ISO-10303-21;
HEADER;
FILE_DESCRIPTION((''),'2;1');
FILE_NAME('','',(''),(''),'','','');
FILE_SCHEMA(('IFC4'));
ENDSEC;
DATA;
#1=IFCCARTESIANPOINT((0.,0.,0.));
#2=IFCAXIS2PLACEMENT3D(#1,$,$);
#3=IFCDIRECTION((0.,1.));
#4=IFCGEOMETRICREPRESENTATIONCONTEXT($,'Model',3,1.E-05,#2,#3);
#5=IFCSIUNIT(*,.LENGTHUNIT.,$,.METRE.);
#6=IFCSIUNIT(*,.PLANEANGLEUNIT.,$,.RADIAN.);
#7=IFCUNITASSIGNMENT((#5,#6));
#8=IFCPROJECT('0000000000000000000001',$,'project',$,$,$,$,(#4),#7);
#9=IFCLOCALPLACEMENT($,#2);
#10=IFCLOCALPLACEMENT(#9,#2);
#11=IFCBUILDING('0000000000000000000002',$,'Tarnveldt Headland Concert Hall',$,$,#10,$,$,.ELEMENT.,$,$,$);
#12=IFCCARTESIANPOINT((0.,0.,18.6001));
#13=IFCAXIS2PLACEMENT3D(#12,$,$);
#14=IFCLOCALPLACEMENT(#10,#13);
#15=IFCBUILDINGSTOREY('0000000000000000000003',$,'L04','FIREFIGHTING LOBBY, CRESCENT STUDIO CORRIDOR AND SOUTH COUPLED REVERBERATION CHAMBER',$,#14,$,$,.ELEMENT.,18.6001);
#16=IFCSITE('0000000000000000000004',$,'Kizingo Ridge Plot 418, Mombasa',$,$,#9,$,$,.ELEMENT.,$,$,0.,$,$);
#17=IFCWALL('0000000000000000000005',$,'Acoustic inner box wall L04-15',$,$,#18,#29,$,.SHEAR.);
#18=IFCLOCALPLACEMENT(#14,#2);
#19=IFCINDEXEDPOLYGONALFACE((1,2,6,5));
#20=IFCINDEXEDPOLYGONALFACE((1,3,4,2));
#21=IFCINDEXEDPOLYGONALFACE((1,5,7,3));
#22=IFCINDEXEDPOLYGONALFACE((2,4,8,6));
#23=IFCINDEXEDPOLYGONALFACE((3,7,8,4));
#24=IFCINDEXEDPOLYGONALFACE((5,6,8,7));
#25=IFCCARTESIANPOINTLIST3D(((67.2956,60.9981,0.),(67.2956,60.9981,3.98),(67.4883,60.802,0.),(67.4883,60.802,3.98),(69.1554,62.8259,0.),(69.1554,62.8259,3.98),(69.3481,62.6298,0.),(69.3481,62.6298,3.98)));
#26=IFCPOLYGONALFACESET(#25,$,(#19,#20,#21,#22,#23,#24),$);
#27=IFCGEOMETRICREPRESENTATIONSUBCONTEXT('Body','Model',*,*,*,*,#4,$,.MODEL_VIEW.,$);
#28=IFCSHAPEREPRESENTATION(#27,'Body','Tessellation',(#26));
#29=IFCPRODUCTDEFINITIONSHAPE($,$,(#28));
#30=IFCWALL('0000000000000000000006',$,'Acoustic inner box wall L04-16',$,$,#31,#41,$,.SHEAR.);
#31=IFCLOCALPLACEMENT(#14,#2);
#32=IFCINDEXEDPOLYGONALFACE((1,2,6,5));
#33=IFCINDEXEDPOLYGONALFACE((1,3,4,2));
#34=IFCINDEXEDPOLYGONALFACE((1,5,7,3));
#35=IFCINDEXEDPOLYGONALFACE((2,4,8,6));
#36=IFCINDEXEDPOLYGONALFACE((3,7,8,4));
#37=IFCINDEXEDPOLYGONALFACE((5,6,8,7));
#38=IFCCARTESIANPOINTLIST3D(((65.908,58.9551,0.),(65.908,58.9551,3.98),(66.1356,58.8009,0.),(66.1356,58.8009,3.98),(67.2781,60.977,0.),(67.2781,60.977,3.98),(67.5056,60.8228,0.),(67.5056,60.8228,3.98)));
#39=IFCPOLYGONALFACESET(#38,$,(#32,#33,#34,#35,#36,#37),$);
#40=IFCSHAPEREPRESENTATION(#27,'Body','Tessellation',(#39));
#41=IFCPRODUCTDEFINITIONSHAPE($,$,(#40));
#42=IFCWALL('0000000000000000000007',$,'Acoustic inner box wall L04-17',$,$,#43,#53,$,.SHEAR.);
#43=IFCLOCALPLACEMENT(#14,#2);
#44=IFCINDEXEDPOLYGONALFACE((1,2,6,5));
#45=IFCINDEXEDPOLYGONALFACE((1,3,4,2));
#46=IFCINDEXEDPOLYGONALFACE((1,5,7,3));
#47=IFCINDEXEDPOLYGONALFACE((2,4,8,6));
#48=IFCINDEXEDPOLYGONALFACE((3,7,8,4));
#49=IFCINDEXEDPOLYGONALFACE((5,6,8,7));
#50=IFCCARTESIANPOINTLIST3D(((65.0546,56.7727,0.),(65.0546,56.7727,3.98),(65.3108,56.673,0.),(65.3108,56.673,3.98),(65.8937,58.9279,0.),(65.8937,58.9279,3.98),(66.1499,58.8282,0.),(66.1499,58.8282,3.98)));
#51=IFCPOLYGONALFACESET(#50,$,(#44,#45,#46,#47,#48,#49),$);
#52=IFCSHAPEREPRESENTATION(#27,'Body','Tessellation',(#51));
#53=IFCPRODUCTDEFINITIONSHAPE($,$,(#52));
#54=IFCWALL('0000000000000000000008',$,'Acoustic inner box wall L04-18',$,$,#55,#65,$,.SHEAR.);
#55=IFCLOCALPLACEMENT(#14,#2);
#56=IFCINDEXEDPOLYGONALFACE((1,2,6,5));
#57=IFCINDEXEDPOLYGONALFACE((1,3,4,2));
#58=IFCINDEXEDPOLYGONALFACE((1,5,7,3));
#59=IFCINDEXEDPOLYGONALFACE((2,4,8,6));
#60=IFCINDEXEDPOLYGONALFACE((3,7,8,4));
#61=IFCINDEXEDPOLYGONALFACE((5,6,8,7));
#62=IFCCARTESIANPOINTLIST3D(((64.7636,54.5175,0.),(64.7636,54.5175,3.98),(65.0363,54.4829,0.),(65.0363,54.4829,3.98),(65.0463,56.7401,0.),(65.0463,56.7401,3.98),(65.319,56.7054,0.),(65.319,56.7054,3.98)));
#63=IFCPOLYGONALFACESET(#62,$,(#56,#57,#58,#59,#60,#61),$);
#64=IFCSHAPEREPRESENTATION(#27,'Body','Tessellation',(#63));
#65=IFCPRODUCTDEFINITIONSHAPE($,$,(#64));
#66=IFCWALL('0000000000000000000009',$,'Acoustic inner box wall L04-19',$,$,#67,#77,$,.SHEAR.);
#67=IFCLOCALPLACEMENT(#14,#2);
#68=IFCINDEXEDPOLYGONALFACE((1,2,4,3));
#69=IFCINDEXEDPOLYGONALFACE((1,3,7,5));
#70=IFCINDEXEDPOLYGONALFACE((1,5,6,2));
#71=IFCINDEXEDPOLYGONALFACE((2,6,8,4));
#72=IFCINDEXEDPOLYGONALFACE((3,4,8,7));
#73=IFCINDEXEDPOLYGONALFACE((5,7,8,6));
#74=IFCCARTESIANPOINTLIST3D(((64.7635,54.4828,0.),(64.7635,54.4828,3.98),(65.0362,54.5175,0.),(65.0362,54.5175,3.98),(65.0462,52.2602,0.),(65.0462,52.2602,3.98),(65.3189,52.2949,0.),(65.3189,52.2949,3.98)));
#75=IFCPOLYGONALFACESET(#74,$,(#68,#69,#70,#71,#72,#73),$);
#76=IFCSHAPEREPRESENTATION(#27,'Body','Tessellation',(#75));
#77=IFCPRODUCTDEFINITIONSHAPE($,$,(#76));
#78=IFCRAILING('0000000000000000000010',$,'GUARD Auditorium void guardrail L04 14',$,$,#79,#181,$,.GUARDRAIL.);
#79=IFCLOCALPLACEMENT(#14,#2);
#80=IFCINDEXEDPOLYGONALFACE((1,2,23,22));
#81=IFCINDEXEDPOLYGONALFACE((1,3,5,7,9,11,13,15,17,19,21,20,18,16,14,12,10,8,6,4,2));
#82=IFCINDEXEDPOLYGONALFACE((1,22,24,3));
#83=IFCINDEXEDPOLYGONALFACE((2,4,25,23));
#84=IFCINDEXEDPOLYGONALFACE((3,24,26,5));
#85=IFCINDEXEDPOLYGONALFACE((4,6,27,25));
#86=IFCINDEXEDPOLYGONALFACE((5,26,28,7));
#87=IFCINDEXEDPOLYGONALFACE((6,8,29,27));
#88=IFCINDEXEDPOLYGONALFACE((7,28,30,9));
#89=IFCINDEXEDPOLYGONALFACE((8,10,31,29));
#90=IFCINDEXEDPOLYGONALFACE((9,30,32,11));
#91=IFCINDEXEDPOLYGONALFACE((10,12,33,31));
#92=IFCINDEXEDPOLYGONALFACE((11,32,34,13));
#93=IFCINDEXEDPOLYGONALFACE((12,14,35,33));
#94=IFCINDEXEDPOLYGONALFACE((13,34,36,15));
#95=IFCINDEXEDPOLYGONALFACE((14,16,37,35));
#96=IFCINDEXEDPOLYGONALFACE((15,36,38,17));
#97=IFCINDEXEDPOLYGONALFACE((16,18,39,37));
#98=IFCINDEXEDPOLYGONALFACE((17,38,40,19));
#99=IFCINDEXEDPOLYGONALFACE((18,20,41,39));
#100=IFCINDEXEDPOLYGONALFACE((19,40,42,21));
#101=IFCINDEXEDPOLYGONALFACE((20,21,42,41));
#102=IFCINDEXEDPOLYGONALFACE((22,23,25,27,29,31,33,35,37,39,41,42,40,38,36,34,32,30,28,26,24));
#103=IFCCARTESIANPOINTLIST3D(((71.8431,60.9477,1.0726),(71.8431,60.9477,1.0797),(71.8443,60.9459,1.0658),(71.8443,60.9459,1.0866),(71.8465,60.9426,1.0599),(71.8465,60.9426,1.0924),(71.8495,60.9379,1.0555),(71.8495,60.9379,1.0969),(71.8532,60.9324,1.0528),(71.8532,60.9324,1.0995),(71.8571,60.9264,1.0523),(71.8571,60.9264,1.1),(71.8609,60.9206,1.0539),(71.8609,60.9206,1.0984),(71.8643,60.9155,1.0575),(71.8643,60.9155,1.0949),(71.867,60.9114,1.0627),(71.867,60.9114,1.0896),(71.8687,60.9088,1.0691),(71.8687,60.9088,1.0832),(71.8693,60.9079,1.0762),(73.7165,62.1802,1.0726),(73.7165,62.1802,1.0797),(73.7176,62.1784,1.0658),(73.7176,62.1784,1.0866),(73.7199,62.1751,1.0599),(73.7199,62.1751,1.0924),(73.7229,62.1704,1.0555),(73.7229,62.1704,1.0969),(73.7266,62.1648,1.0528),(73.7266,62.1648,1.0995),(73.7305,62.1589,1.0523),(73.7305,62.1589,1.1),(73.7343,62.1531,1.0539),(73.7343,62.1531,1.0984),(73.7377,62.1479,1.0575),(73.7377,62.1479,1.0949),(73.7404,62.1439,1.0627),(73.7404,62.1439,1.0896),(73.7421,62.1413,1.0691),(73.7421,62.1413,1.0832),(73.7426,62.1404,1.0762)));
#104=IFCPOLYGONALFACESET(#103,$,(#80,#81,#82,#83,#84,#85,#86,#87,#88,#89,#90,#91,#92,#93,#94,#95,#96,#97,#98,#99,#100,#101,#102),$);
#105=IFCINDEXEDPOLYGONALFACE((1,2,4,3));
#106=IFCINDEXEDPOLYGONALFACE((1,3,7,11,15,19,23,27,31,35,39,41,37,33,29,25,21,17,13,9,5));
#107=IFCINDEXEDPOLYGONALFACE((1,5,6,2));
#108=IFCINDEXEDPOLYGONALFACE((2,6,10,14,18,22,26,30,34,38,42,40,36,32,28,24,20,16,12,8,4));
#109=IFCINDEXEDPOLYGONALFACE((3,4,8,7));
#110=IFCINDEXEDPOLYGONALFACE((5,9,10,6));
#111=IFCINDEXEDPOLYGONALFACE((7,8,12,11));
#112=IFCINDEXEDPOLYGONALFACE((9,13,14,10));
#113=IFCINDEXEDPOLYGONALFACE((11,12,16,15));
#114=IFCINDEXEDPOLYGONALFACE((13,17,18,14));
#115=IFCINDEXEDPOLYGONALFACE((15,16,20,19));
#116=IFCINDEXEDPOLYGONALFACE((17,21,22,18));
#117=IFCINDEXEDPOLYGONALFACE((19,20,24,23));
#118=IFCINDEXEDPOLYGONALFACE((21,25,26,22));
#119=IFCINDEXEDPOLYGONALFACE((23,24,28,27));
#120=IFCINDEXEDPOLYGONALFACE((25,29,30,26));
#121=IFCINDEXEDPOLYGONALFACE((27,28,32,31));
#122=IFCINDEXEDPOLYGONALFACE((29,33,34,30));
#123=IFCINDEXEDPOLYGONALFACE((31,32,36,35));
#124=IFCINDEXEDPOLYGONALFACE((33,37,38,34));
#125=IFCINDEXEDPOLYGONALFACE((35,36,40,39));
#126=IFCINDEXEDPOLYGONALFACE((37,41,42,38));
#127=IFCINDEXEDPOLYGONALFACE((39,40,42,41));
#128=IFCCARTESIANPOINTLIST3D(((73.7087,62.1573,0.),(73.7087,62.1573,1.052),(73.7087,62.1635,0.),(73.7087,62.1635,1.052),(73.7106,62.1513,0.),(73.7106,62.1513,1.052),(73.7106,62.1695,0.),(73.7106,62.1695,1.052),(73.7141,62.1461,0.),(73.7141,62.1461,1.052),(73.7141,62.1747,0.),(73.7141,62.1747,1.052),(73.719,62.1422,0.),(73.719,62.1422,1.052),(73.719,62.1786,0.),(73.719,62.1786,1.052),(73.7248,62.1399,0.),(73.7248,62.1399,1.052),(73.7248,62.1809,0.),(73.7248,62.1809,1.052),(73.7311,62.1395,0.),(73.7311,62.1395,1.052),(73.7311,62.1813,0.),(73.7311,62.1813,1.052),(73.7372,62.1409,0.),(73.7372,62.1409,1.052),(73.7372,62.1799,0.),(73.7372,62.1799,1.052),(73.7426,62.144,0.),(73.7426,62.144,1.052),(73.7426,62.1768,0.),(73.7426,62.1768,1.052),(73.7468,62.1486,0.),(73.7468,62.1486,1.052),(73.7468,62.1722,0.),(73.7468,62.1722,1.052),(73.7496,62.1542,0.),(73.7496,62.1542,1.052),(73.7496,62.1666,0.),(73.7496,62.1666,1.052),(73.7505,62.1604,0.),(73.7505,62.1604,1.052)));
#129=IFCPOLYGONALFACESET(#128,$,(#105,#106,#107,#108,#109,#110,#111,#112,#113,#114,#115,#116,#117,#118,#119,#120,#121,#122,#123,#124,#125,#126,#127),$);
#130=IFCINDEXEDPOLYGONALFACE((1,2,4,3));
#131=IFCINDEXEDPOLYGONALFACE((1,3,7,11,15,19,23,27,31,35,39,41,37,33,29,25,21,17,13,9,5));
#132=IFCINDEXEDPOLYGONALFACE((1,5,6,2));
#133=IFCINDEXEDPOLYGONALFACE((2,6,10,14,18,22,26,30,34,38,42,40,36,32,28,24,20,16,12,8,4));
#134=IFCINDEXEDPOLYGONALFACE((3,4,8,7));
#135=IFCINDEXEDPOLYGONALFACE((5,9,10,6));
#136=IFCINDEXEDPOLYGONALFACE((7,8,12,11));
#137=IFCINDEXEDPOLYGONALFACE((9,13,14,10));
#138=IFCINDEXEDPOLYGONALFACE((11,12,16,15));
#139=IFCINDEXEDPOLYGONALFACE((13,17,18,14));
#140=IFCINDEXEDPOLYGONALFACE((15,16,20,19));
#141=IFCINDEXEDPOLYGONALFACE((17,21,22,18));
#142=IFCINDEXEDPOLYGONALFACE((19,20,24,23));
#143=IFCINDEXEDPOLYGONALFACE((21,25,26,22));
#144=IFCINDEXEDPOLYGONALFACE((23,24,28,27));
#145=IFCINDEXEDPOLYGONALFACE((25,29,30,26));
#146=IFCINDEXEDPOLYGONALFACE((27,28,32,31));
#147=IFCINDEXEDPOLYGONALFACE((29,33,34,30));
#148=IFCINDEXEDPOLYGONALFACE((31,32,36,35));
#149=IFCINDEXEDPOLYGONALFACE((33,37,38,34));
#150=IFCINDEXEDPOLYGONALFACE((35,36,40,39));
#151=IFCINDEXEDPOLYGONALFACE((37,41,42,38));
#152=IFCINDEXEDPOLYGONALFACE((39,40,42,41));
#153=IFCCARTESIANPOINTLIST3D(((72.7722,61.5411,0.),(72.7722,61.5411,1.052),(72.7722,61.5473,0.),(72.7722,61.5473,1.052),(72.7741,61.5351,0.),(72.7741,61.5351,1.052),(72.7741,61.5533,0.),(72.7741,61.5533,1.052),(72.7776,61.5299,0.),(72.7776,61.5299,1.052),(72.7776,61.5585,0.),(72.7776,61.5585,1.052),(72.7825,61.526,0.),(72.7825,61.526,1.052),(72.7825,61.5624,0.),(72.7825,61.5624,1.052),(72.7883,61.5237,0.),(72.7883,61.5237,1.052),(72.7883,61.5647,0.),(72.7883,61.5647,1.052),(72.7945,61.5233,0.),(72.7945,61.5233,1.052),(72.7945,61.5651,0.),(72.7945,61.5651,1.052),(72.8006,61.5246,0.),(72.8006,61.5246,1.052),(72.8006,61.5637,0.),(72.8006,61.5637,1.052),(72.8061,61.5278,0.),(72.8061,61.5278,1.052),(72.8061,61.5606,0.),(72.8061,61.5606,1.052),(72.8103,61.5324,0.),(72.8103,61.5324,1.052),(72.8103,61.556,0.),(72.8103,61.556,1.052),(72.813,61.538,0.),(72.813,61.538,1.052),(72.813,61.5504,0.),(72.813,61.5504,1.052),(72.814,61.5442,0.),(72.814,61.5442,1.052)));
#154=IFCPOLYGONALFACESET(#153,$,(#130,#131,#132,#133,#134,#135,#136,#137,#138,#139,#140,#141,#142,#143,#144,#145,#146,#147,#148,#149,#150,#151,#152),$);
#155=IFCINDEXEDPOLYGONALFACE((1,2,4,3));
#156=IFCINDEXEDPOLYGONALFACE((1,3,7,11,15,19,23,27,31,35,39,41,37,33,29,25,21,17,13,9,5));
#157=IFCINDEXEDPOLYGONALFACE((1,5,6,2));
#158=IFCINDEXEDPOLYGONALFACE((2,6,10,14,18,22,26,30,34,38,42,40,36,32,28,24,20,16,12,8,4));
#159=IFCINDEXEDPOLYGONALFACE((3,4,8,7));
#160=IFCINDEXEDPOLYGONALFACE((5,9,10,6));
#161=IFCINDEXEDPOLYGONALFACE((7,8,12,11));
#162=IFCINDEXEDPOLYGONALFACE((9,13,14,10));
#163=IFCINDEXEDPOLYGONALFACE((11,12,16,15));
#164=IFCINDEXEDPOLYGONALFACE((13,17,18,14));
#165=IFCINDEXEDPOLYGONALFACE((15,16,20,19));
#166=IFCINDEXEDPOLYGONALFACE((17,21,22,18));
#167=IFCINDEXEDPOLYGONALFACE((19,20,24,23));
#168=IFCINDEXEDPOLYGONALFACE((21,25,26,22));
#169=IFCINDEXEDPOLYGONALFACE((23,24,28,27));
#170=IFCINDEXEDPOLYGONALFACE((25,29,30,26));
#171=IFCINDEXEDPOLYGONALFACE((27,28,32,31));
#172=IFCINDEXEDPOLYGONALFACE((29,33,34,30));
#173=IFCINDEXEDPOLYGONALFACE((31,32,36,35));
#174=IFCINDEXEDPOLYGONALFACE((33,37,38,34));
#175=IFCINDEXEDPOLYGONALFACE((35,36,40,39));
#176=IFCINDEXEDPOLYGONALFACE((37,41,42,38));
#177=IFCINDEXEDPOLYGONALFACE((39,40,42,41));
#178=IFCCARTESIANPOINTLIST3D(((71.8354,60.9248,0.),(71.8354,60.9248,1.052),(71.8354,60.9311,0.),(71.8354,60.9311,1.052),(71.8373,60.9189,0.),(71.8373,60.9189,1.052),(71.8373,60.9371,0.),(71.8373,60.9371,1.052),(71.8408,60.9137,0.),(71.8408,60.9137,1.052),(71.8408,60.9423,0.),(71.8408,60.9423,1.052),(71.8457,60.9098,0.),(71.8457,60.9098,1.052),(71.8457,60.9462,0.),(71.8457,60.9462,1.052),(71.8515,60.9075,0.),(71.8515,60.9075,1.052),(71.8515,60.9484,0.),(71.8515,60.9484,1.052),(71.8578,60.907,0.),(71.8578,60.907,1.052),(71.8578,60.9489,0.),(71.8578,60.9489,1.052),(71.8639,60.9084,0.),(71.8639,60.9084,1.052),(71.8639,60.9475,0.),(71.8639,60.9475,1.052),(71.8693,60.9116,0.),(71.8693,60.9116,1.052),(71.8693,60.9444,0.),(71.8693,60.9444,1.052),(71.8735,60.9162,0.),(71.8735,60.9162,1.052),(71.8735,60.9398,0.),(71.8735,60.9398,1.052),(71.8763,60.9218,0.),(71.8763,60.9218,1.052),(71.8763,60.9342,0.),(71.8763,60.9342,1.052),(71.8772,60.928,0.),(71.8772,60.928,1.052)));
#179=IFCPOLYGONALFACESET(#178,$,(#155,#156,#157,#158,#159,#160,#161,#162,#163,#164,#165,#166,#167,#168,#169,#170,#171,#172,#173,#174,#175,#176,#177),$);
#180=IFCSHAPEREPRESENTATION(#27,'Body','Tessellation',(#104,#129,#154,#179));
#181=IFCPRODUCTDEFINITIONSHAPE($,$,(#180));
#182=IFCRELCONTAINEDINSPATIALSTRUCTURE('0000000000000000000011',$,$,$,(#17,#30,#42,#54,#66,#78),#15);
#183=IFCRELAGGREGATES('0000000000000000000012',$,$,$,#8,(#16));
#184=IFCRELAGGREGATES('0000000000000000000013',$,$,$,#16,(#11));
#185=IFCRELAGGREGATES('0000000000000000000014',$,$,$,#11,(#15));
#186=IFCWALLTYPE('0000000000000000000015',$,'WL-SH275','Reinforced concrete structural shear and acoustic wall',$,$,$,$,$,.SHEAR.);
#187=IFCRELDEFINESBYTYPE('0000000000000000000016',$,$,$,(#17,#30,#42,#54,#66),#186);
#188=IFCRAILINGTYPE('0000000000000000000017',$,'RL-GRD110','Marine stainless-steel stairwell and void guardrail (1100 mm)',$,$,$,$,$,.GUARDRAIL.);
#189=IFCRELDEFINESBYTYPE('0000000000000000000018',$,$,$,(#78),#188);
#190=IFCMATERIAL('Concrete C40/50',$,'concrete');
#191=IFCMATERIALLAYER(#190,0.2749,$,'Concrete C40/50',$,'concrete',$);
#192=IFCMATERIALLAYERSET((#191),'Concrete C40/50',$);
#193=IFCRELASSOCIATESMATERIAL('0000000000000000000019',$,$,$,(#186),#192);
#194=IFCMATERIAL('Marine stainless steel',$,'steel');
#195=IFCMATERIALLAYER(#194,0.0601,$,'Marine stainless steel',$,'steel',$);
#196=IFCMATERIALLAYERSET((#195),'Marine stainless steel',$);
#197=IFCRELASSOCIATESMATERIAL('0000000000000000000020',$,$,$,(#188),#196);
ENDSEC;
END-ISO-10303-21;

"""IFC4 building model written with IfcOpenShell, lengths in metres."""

from ifc_helpers import new_model, si_unit, direction, frame, frame_2d, origin, origin_2d, place, context, subcontext, project, spatial, rectangle, circle, extrude, material, layer, layer_set, type_object, element, save


model = new_model("IFC4")

# Units and contexts
model_context = context("Model", 3, precision=1e-05, world=origin(), true_north=direction((0.0, 1.0)))
body_context = subcontext(model_context, "Body", "Model", "MODEL_VIEW")
ifc_project = project(units=[si_unit("LENGTHUNIT", "METRE"), si_unit("PLANEANGLEUNIT", "RADIAN")], contexts=[model_context])

# Site, building, storey
site_placement = place(None, origin())
site = spatial("IfcSite", under=ifc_project, at=site_placement, Name="Kizingo Ridge Plot 418, Mombasa", CompositionType="ELEMENT", RefElevation=0.0)
building_placement = place(site_placement, origin())
building = spatial("IfcBuilding", under=site, at=building_placement, Name="Tarnveldt Headland Concert Hall", CompositionType="ELEMENT")
storey_placement = place(building_placement, frame((0.0, 0.0, 18.6001)))
storey = spatial("IfcBuildingStorey", under=building, at=storey_placement, Name="L04", Description="FIREFIGHTING LOBBY, CRESCENT STUDIO CORRIDOR AND SOUTH COUPLED REVERBERATION CHAMBER", CompositionType="ELEMENT", Elevation=18.6001)

# Shared definitions
ifc_material_1 = material(Name="Concrete C40/50", Category="concrete")

# Walls
ifc_layer_1 = layer(ifc_material_1, 0.2749, Name="Concrete C40/50", Category="concrete")
ifc_layer_set_1 = layer_set([ifc_layer_1], Name="Concrete C40/50")
wall_type_1 = type_object("IfcWallType", Name="WL-SH275", Description="Reinforced concrete structural shear and acoustic wall", PredefinedType="SHEAR", material=ifc_layer_set_1)
wall_1_placement = place(storey_placement, frame((69.2517, 62.7278, 0.0), z_axis=(0.0, 0.0, 1.0), x_axis=(-0.713212, -0.700948, 0.0)))
element("IfcWall", 1, at=wall_1_placement, inside=storey, type_object=wall_type_1, Name="Acoustic inner box wall L04-15", PredefinedType="SHEAR", context=body_context, shape_type="SweptSolid", body=[
    extrude(rectangle(XDim=2.6077, YDim=0.2749, at=frame_2d((1.3037, 0.0))), origin(), (0.0, 0.0, 1.0), 3.98),
])
wall_2_placement = place(storey_placement, frame((67.3918, 60.8999, 0.0), z_axis=(0.0, 0.0, 1.0), x_axis=(-0.560959, -0.827844, 0.0)))
element("IfcWall", 2, at=wall_2_placement, inside=storey, type_object=wall_type_1, Name="Acoustic inner box wall L04-16", PredefinedType="SHEAR", context=body_context, shape_type="SweptSolid", body=[
    extrude(rectangle(XDim=2.4424, YDim=0.2749, at=frame_2d((1.2212, 0.0))), origin(), (0.0, 0.0, 1.0), 3.98),
])
wall_3_placement = place(storey_placement, frame((66.0217, 58.8779, 0.0), z_axis=(0.0, 0.0, 1.0), x_axis=(-0.362803, -0.931866, 0.0)))
element("IfcWall", 3, at=wall_3_placement, inside=storey, type_object=wall_type_1, Name="Acoustic inner box wall L04-17", PredefinedType="SHEAR", context=body_context, shape_type="SweptSolid", body=[
    extrude(rectangle(XDim=2.3127, YDim=0.2749, at=frame_2d((1.1562, 0.0))), origin(), (0.0, 0.0, 1.0), 3.98),
])
for number, where, z_axis, x_axis, name in (
    (4, (65.1826, 56.7227, 0.0), (0.0, 0.0, 1.0), (-0.12618, -0.992007, 0.0), "Acoustic inner box wall L04-18"),
    (5, (64.8999, 54.5, 0.0), (0.0, 0.0, 1.0), (0.12618, -0.992007, 0.0), "Acoustic inner box wall L04-19"),
):
    element("IfcWall", number, at=place(storey_placement, frame(where, z_axis=z_axis, x_axis=x_axis)), inside=storey, type_object=wall_type_1, Name=name, PredefinedType="SHEAR", context=body_context, shape_type="SweptSolid", body=[
        extrude(rectangle(XDim=2.2405, YDim=0.2749, at=frame_2d((1.1201, 0.0))), origin(), (0.0, 0.0, 1.0), 3.98),
    ])

# Railing
ifc_material_2 = material(Name="Marine stainless steel", Category="steel")
ifc_layer_2 = layer(ifc_material_2, 0.0601, Name="Marine stainless steel", Category="steel")
ifc_layer_set_2 = layer_set([ifc_layer_2], Name="Marine stainless steel")
railing_type = type_object("IfcRailingType", Name="RL-GRD110", Description="Marine stainless-steel stairwell and void guardrail (1100 mm)", PredefinedType="GUARDRAIL", material=ifc_layer_set_2)
railing_1_placement = place(storey_placement, frame((73.7295, 62.1604, 0.0)))
element("IfcRailing", 6, at=railing_1_placement, inside=storey, type_object=railing_type, Name="GUARD Auditorium void guardrail L04 14", PredefinedType="GUARDRAIL", context=body_context, shape_type="SweptSolid", body=[
    extrude(circle(Radius=0.0239, at=origin_2d()), frame((0.0, 0.0, 1.0762), z_axis=(-0.835418, -0.549615, 0.0), x_axis=(0.549615, -0.835418, 0.0)), (0.0, 0.0, 1.0), 2.2424),
    extrude(circle(Radius=0.021, at=origin_2d()), origin(), (0.0, 0.0, 1.0), 1.052),
    extrude(circle(Radius=0.021, at=origin_2d()), frame((-0.9365, -0.6162, 0.0)), (0.0, 0.0, 1.0), 1.052),
    extrude(circle(Radius=0.021, at=origin_2d()), frame((-1.8733, -1.2324, 0.0)), (0.0, 0.0, 1.0), 1.052),
])

save(model, "model.ifc")
